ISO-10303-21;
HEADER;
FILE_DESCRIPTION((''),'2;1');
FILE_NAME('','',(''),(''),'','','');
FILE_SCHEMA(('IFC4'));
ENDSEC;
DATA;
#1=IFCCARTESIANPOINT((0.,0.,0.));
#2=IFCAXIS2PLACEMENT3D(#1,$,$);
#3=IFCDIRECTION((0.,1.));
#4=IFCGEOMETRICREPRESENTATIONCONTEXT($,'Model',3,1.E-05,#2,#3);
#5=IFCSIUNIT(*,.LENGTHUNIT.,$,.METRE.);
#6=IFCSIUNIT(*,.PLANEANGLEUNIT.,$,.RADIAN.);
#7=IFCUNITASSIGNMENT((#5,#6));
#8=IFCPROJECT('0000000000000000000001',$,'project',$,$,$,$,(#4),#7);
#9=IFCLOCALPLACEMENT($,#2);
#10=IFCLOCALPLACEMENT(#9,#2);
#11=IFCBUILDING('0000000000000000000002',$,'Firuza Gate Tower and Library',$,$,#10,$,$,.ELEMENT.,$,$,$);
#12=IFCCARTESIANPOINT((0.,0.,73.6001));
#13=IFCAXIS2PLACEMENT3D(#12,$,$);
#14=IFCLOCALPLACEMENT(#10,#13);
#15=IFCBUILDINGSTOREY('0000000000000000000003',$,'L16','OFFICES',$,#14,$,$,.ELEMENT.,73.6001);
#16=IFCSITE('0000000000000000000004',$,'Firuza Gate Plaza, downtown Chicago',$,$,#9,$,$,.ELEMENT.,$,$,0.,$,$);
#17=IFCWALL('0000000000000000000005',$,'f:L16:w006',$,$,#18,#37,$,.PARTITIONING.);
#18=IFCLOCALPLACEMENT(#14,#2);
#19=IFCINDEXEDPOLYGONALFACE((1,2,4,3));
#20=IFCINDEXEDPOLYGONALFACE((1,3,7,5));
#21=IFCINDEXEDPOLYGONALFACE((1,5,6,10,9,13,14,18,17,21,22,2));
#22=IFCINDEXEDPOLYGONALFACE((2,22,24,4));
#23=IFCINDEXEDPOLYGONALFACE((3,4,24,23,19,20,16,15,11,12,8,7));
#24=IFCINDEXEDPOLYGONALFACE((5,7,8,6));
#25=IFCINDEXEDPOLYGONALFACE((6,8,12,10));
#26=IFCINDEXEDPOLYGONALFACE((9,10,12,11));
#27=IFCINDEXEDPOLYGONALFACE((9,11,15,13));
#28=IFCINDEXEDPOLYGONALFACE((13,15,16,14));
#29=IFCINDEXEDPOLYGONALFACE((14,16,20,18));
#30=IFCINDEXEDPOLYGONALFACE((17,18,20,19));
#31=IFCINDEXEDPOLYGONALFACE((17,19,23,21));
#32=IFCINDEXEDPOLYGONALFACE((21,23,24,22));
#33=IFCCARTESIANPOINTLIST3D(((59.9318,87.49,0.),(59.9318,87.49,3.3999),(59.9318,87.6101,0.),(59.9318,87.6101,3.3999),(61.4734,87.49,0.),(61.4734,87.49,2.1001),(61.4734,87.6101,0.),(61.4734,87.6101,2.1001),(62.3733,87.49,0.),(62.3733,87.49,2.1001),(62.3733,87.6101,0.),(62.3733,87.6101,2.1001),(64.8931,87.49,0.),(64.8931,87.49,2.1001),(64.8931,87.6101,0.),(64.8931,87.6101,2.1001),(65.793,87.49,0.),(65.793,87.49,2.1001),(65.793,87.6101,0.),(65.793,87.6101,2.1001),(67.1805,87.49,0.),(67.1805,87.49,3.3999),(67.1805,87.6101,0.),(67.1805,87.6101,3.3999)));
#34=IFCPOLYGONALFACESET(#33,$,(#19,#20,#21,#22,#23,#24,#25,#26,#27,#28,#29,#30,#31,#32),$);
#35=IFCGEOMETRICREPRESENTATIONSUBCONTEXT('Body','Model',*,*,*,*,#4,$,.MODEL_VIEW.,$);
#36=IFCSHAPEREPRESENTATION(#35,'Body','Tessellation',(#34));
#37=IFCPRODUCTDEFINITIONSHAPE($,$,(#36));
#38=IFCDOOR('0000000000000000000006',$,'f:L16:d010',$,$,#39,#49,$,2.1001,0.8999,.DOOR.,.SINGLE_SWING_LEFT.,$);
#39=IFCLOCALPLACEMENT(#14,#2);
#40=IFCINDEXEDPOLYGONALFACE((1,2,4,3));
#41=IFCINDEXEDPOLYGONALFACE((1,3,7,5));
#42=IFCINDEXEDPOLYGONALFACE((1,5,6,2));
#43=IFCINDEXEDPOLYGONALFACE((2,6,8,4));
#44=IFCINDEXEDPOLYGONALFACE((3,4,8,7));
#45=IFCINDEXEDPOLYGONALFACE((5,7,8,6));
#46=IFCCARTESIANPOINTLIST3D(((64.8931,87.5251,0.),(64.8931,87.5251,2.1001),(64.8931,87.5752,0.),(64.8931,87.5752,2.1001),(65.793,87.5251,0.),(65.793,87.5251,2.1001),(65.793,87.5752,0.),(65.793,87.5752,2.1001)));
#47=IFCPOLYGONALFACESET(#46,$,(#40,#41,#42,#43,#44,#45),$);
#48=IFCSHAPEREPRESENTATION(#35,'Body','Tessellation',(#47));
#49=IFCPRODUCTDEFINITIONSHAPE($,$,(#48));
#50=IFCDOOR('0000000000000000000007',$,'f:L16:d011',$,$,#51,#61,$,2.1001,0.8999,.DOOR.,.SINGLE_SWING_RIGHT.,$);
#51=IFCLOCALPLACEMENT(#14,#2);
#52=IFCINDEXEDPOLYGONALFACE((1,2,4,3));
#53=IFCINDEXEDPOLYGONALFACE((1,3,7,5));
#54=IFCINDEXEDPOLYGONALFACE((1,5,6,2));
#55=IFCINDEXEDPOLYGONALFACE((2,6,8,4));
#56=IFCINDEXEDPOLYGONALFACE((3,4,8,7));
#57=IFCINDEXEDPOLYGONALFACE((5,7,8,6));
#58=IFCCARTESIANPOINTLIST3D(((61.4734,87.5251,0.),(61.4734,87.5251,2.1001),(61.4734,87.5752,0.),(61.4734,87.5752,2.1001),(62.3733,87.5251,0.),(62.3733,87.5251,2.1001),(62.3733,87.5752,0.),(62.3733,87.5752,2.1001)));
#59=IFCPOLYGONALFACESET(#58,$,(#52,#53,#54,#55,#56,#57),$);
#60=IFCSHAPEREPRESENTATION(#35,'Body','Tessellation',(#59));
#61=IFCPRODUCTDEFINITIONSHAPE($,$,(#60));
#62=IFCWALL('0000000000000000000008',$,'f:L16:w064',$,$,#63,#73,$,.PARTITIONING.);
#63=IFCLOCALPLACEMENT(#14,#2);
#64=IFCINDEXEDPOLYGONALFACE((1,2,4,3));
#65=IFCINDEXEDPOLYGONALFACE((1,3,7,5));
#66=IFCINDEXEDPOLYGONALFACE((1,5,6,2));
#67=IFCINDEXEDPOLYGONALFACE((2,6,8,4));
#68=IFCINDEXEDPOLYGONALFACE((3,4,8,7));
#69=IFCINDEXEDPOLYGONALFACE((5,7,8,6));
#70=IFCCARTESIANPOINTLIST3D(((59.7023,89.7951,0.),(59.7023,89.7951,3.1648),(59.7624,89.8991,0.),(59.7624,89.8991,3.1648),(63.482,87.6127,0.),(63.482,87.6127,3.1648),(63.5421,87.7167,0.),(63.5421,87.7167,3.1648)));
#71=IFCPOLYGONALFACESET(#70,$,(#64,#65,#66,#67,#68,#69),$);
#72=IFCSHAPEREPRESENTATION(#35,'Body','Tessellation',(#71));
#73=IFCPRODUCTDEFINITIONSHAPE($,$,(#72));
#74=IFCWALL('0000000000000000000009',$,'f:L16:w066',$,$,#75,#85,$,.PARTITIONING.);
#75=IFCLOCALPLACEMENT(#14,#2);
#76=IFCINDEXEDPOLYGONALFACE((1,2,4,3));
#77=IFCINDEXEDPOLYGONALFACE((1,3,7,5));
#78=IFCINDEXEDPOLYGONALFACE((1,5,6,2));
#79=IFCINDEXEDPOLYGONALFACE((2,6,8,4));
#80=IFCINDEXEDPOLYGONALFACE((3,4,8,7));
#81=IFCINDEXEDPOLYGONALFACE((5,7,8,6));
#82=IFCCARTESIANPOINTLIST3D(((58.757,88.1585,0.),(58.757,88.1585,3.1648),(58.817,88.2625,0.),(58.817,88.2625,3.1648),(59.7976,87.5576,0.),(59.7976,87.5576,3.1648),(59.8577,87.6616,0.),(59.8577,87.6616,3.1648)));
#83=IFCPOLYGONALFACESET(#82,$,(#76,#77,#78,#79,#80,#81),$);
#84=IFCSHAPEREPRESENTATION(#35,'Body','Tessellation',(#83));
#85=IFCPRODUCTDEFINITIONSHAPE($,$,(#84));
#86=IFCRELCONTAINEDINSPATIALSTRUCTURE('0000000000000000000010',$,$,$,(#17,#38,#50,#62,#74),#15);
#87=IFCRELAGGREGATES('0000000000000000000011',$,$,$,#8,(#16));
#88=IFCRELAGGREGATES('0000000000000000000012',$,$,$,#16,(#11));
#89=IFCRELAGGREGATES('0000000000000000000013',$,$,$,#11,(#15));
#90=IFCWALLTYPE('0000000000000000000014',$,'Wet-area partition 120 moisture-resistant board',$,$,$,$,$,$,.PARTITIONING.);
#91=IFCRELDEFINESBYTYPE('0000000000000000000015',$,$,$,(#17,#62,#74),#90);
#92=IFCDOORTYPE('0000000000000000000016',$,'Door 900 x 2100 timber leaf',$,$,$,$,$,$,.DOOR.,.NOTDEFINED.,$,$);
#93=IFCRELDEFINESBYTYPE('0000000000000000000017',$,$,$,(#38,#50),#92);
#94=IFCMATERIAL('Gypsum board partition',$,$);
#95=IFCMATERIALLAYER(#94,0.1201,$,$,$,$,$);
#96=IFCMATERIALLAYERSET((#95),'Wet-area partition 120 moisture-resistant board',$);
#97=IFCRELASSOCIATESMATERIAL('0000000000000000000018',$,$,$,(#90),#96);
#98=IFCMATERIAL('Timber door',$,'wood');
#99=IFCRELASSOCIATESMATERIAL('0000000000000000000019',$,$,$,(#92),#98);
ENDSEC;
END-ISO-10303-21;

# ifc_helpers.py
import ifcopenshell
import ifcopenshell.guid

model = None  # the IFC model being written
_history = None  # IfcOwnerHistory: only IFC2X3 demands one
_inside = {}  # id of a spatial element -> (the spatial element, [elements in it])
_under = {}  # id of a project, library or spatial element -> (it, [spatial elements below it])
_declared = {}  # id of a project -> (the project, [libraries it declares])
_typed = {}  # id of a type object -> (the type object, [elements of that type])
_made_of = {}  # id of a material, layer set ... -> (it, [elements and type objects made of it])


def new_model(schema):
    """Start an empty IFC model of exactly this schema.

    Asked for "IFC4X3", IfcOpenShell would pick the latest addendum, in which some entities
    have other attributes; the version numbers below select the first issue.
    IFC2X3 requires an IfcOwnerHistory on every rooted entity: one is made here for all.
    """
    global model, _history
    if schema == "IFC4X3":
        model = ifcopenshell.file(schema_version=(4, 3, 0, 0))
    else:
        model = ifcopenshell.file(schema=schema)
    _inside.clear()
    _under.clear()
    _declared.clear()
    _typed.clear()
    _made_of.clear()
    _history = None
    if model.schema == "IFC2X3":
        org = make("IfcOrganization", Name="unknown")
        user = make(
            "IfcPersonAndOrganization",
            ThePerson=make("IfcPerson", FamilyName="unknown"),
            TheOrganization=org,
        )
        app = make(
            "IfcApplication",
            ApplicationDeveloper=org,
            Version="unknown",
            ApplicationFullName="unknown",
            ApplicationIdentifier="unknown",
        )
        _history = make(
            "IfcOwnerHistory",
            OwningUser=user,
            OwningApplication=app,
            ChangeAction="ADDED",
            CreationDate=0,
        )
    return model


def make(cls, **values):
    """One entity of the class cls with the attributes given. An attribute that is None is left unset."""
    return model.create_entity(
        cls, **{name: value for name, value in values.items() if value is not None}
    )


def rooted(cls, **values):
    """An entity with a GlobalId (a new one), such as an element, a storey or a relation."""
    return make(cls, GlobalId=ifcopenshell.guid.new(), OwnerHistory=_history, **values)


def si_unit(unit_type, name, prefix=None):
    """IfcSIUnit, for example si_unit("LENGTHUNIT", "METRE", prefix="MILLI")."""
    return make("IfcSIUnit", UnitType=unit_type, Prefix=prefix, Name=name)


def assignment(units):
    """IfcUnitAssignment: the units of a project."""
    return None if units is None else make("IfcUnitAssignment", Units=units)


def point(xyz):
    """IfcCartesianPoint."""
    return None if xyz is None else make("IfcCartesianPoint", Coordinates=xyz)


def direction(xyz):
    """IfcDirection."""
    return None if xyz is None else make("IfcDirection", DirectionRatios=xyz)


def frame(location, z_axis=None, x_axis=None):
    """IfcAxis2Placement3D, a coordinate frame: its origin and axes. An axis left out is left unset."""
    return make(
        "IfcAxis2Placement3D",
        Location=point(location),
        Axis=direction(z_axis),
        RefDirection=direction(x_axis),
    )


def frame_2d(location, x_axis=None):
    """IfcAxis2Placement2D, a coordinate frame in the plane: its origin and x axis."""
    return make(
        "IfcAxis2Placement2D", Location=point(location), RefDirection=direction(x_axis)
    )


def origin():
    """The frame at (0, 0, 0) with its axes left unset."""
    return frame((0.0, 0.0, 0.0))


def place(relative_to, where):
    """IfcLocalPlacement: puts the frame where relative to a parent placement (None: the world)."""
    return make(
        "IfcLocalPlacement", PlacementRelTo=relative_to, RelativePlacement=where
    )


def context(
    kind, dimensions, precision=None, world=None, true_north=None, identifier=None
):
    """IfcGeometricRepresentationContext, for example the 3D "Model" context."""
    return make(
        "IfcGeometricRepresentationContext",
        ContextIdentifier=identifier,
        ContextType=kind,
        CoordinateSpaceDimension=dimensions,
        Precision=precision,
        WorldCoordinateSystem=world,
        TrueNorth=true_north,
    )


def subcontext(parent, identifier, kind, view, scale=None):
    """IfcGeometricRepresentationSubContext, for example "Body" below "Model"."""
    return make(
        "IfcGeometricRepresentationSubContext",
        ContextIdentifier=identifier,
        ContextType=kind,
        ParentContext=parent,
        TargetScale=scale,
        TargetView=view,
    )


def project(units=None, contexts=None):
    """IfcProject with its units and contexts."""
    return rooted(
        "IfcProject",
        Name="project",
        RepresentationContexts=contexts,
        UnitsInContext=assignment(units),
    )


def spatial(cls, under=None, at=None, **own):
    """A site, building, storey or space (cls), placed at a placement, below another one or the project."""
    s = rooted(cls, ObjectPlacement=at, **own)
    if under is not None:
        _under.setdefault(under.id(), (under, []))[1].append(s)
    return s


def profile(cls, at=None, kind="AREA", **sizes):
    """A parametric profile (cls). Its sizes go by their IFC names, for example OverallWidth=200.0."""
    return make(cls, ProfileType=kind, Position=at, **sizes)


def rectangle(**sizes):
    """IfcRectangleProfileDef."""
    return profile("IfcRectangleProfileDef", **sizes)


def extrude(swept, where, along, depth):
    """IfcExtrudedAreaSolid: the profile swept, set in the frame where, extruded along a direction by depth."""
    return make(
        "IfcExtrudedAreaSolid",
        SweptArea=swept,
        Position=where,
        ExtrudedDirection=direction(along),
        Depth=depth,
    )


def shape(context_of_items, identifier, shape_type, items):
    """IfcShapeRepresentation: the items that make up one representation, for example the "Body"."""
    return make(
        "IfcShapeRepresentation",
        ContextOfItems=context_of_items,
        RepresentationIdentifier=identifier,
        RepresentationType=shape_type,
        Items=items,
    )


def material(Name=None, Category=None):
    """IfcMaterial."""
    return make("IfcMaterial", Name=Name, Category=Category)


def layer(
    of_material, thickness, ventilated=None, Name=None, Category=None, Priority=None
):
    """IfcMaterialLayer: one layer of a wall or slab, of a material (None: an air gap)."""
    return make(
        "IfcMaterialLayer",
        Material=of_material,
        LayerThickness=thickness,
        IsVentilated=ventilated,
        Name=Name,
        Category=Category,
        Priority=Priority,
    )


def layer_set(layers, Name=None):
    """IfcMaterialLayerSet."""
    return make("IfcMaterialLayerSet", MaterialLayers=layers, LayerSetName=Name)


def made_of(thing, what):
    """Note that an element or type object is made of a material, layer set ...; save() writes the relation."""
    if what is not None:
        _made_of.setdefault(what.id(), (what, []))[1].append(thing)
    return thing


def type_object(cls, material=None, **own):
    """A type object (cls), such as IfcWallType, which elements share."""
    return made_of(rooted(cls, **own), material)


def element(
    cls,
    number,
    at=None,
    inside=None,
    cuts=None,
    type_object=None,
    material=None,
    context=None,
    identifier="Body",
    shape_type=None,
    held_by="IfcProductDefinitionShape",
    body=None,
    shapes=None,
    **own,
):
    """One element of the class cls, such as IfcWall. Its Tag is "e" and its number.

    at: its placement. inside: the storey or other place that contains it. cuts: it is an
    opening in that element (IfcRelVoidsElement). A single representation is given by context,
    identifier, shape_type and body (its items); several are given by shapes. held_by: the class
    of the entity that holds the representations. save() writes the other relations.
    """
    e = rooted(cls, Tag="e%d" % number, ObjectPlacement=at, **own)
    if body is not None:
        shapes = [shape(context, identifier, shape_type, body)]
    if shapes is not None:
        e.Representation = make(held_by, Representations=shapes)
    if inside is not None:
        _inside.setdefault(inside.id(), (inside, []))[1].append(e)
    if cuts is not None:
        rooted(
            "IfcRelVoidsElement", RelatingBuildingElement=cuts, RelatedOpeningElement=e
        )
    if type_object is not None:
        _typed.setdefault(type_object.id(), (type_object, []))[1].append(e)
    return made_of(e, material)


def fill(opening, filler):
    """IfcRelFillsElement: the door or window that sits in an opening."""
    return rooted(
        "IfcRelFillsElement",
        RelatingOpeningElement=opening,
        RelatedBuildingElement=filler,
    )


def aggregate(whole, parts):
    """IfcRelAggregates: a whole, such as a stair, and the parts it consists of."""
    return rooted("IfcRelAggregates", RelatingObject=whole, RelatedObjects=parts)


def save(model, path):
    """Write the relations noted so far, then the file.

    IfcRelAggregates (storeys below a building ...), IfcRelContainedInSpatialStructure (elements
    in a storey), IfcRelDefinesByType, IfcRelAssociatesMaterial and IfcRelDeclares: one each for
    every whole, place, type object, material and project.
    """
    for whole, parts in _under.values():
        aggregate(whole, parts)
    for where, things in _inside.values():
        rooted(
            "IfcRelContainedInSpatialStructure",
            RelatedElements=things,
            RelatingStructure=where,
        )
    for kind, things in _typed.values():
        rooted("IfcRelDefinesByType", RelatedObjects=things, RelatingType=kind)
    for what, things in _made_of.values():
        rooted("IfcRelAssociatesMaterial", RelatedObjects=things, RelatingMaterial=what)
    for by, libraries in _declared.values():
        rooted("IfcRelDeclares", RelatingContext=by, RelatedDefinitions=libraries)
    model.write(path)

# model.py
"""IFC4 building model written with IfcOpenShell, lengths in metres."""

from ifc_helpers import new_model, si_unit, direction, frame, frame_2d, origin, place, context, subcontext, project, spatial, rectangle, extrude, material, layer, layer_set, type_object, element, fill, save


model = new_model("IFC4")

# Units and contexts
model_context = context("Model", 3, precision=1e-05, world=origin(), true_north=direction((0.0, 1.0)))
body_context = subcontext(model_context, "Body", "Model", "MODEL_VIEW")
ifc_project = project(units=[si_unit("LENGTHUNIT", "METRE"), si_unit("PLANEANGLEUNIT", "RADIAN")], contexts=[model_context])

# Site, building, storey
site_placement = place(None, origin())
site = spatial("IfcSite", under=ifc_project, at=site_placement, Name="Firuza Gate Plaza, downtown Chicago", CompositionType="ELEMENT", RefElevation=0.0)
building_placement = place(site_placement, origin())
building = spatial("IfcBuilding", under=site, at=building_placement, Name="Firuza Gate Tower and Library", CompositionType="ELEMENT")
storey_placement = place(building_placement, frame((0.0, 0.0, 73.6001)))
storey = spatial("IfcBuildingStorey", under=building, at=storey_placement, Name="L16", Description="OFFICES", CompositionType="ELEMENT", Elevation=73.6001)

# Wall, openings, doors
ifc_material_1 = material(Name="Gypsum board partition")
ifc_layer_1 = layer(ifc_material_1, 0.1201)
ifc_layer_set_1 = layer_set([ifc_layer_1], Name="Wet-area partition 120 moisture-resistant board")
wall_type_1 = type_object("IfcWallType", Name="Wet-area partition 120 moisture-resistant board", PredefinedType="PARTITIONING", material=ifc_layer_set_1)
wall_1_placement = place(storey_placement, frame((67.1807, 87.55, 0.0), z_axis=(0.0, 0.0, 1.0), x_axis=(-1.0, 0.0, 0.0)))
wall_1 = element("IfcWall", 1, at=wall_1_placement, inside=storey, type_object=wall_type_1, Name="f:L16:w006", PredefinedType="PARTITIONING", context=body_context, shape_type="SweptSolid", body=[
    extrude(rectangle(XDim=7.2488, YDim=0.1201, at=frame_2d((3.6245, 0.0))), origin(), (0.0, 0.0, 1.0), 3.3999),
])
opening_1_placement = place(wall_1_placement, frame((1.3877, 0.0, 0.0)))
opening_1 = element("IfcOpeningElement", 2, at=opening_1_placement, cuts=wall_1, PredefinedType="OPENING", context=body_context, shape_type="SweptSolid", body=[
    extrude(rectangle(XDim=0.8999, YDim=2.1001, at=frame_2d((0.45, 1.05))), frame((0.0, 0.0701, 0.0), z_axis=(0.0, -1.0, 0.0), x_axis=(1.0, 0.0, 0.0)), (0.0, 0.0, 1.0), 0.1401),
])
opening_2_placement = place(wall_1_placement, frame((4.8074, 0.0, 0.0)))
opening_2 = element("IfcOpeningElement", 3, at=opening_2_placement, cuts=wall_1, PredefinedType="OPENING", context=body_context, shape_type="SweptSolid", body=[
    extrude(rectangle(XDim=0.8999, YDim=2.1001, at=frame_2d((0.45, 1.05))), frame((0.0, 0.0701, 0.0), z_axis=(0.0, -1.0, 0.0), x_axis=(1.0, 0.0, 0.0)), (0.0, 0.0, 1.0), 0.1401),
])
ifc_material_2 = material(Name="Timber door", Category="wood")
door_type_1 = type_object("IfcDoorType", Name="Door 900 x 2100 timber leaf", OperationType="NOTDEFINED", PredefinedType="DOOR", material=ifc_material_2)
door_1_placement = place(opening_1_placement, origin())
door_1 = element("IfcDoor", 4, at=door_1_placement, inside=storey, type_object=door_type_1, Name="f:L16:d010", OperationType="SINGLE_SWING_LEFT", OverallHeight=2.1001, OverallWidth=0.8999, PredefinedType="DOOR", context=body_context, shape_type="SweptSolid", body=[
    extrude(rectangle(XDim=0.8999, YDim=2.1001, at=frame_2d((0.45, 1.05))), frame((0.0, 0.0249, 0.0), z_axis=(0.0, -1.0, 0.0), x_axis=(1.0, 0.0, 0.0)), (0.0, 0.0, 1.0), 0.05),
])
fill(opening_1, door_1)
door_2_placement = place(opening_2_placement, origin())
door_2 = element("IfcDoor", 5, at=door_2_placement, inside=storey, type_object=door_type_1, Name="f:L16:d011", OperationType="SINGLE_SWING_RIGHT", OverallHeight=2.1001, OverallWidth=0.8999, PredefinedType="DOOR", context=body_context, shape_type="SweptSolid", body=[
    extrude(rectangle(XDim=0.8999, YDim=2.1001, at=frame_2d((0.45, 1.05))), frame((0.0, 0.0249, 0.0), z_axis=(0.0, -1.0, 0.0), x_axis=(1.0, 0.0, 0.0)), (0.0, 0.0, 1.0), 0.05),
])
fill(opening_2, door_2)

# Walls
wall_2_placement = place(storey_placement, frame((63.512, 87.6648, 0.0), z_axis=(0.0, 0.0, 1.0), x_axis=(-0.866014, 0.500019, 0.0)))
element("IfcWall", 6, at=wall_2_placement, inside=storey, type_object=wall_type_1, Name="f:L16:w064", PredefinedType="PARTITIONING", context=body_context, shape_type="SweptSolid", body=[
    extrude(rectangle(XDim=4.3645, YDim=0.1201, at=frame_2d((2.1821, 0.0))), origin(), (0.0, 0.0, 1.0), 3.1648),
])
wall_3_placement = place(storey_placement, frame((59.8276, 87.6096, 0.0), z_axis=(0.0, 0.0, 1.0), x_axis=(-0.865996, 0.500051, 0.0)))
element("IfcWall", 7, at=wall_3_placement, inside=storey, type_object=wall_type_1, Name="f:L16:w066", PredefinedType="PARTITIONING", context=body_context, shape_type="SweptSolid", body=[
    extrude(rectangle(XDim=1.2017, YDim=0.1201, at=frame_2d((0.6008, 0.0))), origin(), (0.0, 0.0, 1.0), 3.1648),
])

save(model, "model.ifc")
